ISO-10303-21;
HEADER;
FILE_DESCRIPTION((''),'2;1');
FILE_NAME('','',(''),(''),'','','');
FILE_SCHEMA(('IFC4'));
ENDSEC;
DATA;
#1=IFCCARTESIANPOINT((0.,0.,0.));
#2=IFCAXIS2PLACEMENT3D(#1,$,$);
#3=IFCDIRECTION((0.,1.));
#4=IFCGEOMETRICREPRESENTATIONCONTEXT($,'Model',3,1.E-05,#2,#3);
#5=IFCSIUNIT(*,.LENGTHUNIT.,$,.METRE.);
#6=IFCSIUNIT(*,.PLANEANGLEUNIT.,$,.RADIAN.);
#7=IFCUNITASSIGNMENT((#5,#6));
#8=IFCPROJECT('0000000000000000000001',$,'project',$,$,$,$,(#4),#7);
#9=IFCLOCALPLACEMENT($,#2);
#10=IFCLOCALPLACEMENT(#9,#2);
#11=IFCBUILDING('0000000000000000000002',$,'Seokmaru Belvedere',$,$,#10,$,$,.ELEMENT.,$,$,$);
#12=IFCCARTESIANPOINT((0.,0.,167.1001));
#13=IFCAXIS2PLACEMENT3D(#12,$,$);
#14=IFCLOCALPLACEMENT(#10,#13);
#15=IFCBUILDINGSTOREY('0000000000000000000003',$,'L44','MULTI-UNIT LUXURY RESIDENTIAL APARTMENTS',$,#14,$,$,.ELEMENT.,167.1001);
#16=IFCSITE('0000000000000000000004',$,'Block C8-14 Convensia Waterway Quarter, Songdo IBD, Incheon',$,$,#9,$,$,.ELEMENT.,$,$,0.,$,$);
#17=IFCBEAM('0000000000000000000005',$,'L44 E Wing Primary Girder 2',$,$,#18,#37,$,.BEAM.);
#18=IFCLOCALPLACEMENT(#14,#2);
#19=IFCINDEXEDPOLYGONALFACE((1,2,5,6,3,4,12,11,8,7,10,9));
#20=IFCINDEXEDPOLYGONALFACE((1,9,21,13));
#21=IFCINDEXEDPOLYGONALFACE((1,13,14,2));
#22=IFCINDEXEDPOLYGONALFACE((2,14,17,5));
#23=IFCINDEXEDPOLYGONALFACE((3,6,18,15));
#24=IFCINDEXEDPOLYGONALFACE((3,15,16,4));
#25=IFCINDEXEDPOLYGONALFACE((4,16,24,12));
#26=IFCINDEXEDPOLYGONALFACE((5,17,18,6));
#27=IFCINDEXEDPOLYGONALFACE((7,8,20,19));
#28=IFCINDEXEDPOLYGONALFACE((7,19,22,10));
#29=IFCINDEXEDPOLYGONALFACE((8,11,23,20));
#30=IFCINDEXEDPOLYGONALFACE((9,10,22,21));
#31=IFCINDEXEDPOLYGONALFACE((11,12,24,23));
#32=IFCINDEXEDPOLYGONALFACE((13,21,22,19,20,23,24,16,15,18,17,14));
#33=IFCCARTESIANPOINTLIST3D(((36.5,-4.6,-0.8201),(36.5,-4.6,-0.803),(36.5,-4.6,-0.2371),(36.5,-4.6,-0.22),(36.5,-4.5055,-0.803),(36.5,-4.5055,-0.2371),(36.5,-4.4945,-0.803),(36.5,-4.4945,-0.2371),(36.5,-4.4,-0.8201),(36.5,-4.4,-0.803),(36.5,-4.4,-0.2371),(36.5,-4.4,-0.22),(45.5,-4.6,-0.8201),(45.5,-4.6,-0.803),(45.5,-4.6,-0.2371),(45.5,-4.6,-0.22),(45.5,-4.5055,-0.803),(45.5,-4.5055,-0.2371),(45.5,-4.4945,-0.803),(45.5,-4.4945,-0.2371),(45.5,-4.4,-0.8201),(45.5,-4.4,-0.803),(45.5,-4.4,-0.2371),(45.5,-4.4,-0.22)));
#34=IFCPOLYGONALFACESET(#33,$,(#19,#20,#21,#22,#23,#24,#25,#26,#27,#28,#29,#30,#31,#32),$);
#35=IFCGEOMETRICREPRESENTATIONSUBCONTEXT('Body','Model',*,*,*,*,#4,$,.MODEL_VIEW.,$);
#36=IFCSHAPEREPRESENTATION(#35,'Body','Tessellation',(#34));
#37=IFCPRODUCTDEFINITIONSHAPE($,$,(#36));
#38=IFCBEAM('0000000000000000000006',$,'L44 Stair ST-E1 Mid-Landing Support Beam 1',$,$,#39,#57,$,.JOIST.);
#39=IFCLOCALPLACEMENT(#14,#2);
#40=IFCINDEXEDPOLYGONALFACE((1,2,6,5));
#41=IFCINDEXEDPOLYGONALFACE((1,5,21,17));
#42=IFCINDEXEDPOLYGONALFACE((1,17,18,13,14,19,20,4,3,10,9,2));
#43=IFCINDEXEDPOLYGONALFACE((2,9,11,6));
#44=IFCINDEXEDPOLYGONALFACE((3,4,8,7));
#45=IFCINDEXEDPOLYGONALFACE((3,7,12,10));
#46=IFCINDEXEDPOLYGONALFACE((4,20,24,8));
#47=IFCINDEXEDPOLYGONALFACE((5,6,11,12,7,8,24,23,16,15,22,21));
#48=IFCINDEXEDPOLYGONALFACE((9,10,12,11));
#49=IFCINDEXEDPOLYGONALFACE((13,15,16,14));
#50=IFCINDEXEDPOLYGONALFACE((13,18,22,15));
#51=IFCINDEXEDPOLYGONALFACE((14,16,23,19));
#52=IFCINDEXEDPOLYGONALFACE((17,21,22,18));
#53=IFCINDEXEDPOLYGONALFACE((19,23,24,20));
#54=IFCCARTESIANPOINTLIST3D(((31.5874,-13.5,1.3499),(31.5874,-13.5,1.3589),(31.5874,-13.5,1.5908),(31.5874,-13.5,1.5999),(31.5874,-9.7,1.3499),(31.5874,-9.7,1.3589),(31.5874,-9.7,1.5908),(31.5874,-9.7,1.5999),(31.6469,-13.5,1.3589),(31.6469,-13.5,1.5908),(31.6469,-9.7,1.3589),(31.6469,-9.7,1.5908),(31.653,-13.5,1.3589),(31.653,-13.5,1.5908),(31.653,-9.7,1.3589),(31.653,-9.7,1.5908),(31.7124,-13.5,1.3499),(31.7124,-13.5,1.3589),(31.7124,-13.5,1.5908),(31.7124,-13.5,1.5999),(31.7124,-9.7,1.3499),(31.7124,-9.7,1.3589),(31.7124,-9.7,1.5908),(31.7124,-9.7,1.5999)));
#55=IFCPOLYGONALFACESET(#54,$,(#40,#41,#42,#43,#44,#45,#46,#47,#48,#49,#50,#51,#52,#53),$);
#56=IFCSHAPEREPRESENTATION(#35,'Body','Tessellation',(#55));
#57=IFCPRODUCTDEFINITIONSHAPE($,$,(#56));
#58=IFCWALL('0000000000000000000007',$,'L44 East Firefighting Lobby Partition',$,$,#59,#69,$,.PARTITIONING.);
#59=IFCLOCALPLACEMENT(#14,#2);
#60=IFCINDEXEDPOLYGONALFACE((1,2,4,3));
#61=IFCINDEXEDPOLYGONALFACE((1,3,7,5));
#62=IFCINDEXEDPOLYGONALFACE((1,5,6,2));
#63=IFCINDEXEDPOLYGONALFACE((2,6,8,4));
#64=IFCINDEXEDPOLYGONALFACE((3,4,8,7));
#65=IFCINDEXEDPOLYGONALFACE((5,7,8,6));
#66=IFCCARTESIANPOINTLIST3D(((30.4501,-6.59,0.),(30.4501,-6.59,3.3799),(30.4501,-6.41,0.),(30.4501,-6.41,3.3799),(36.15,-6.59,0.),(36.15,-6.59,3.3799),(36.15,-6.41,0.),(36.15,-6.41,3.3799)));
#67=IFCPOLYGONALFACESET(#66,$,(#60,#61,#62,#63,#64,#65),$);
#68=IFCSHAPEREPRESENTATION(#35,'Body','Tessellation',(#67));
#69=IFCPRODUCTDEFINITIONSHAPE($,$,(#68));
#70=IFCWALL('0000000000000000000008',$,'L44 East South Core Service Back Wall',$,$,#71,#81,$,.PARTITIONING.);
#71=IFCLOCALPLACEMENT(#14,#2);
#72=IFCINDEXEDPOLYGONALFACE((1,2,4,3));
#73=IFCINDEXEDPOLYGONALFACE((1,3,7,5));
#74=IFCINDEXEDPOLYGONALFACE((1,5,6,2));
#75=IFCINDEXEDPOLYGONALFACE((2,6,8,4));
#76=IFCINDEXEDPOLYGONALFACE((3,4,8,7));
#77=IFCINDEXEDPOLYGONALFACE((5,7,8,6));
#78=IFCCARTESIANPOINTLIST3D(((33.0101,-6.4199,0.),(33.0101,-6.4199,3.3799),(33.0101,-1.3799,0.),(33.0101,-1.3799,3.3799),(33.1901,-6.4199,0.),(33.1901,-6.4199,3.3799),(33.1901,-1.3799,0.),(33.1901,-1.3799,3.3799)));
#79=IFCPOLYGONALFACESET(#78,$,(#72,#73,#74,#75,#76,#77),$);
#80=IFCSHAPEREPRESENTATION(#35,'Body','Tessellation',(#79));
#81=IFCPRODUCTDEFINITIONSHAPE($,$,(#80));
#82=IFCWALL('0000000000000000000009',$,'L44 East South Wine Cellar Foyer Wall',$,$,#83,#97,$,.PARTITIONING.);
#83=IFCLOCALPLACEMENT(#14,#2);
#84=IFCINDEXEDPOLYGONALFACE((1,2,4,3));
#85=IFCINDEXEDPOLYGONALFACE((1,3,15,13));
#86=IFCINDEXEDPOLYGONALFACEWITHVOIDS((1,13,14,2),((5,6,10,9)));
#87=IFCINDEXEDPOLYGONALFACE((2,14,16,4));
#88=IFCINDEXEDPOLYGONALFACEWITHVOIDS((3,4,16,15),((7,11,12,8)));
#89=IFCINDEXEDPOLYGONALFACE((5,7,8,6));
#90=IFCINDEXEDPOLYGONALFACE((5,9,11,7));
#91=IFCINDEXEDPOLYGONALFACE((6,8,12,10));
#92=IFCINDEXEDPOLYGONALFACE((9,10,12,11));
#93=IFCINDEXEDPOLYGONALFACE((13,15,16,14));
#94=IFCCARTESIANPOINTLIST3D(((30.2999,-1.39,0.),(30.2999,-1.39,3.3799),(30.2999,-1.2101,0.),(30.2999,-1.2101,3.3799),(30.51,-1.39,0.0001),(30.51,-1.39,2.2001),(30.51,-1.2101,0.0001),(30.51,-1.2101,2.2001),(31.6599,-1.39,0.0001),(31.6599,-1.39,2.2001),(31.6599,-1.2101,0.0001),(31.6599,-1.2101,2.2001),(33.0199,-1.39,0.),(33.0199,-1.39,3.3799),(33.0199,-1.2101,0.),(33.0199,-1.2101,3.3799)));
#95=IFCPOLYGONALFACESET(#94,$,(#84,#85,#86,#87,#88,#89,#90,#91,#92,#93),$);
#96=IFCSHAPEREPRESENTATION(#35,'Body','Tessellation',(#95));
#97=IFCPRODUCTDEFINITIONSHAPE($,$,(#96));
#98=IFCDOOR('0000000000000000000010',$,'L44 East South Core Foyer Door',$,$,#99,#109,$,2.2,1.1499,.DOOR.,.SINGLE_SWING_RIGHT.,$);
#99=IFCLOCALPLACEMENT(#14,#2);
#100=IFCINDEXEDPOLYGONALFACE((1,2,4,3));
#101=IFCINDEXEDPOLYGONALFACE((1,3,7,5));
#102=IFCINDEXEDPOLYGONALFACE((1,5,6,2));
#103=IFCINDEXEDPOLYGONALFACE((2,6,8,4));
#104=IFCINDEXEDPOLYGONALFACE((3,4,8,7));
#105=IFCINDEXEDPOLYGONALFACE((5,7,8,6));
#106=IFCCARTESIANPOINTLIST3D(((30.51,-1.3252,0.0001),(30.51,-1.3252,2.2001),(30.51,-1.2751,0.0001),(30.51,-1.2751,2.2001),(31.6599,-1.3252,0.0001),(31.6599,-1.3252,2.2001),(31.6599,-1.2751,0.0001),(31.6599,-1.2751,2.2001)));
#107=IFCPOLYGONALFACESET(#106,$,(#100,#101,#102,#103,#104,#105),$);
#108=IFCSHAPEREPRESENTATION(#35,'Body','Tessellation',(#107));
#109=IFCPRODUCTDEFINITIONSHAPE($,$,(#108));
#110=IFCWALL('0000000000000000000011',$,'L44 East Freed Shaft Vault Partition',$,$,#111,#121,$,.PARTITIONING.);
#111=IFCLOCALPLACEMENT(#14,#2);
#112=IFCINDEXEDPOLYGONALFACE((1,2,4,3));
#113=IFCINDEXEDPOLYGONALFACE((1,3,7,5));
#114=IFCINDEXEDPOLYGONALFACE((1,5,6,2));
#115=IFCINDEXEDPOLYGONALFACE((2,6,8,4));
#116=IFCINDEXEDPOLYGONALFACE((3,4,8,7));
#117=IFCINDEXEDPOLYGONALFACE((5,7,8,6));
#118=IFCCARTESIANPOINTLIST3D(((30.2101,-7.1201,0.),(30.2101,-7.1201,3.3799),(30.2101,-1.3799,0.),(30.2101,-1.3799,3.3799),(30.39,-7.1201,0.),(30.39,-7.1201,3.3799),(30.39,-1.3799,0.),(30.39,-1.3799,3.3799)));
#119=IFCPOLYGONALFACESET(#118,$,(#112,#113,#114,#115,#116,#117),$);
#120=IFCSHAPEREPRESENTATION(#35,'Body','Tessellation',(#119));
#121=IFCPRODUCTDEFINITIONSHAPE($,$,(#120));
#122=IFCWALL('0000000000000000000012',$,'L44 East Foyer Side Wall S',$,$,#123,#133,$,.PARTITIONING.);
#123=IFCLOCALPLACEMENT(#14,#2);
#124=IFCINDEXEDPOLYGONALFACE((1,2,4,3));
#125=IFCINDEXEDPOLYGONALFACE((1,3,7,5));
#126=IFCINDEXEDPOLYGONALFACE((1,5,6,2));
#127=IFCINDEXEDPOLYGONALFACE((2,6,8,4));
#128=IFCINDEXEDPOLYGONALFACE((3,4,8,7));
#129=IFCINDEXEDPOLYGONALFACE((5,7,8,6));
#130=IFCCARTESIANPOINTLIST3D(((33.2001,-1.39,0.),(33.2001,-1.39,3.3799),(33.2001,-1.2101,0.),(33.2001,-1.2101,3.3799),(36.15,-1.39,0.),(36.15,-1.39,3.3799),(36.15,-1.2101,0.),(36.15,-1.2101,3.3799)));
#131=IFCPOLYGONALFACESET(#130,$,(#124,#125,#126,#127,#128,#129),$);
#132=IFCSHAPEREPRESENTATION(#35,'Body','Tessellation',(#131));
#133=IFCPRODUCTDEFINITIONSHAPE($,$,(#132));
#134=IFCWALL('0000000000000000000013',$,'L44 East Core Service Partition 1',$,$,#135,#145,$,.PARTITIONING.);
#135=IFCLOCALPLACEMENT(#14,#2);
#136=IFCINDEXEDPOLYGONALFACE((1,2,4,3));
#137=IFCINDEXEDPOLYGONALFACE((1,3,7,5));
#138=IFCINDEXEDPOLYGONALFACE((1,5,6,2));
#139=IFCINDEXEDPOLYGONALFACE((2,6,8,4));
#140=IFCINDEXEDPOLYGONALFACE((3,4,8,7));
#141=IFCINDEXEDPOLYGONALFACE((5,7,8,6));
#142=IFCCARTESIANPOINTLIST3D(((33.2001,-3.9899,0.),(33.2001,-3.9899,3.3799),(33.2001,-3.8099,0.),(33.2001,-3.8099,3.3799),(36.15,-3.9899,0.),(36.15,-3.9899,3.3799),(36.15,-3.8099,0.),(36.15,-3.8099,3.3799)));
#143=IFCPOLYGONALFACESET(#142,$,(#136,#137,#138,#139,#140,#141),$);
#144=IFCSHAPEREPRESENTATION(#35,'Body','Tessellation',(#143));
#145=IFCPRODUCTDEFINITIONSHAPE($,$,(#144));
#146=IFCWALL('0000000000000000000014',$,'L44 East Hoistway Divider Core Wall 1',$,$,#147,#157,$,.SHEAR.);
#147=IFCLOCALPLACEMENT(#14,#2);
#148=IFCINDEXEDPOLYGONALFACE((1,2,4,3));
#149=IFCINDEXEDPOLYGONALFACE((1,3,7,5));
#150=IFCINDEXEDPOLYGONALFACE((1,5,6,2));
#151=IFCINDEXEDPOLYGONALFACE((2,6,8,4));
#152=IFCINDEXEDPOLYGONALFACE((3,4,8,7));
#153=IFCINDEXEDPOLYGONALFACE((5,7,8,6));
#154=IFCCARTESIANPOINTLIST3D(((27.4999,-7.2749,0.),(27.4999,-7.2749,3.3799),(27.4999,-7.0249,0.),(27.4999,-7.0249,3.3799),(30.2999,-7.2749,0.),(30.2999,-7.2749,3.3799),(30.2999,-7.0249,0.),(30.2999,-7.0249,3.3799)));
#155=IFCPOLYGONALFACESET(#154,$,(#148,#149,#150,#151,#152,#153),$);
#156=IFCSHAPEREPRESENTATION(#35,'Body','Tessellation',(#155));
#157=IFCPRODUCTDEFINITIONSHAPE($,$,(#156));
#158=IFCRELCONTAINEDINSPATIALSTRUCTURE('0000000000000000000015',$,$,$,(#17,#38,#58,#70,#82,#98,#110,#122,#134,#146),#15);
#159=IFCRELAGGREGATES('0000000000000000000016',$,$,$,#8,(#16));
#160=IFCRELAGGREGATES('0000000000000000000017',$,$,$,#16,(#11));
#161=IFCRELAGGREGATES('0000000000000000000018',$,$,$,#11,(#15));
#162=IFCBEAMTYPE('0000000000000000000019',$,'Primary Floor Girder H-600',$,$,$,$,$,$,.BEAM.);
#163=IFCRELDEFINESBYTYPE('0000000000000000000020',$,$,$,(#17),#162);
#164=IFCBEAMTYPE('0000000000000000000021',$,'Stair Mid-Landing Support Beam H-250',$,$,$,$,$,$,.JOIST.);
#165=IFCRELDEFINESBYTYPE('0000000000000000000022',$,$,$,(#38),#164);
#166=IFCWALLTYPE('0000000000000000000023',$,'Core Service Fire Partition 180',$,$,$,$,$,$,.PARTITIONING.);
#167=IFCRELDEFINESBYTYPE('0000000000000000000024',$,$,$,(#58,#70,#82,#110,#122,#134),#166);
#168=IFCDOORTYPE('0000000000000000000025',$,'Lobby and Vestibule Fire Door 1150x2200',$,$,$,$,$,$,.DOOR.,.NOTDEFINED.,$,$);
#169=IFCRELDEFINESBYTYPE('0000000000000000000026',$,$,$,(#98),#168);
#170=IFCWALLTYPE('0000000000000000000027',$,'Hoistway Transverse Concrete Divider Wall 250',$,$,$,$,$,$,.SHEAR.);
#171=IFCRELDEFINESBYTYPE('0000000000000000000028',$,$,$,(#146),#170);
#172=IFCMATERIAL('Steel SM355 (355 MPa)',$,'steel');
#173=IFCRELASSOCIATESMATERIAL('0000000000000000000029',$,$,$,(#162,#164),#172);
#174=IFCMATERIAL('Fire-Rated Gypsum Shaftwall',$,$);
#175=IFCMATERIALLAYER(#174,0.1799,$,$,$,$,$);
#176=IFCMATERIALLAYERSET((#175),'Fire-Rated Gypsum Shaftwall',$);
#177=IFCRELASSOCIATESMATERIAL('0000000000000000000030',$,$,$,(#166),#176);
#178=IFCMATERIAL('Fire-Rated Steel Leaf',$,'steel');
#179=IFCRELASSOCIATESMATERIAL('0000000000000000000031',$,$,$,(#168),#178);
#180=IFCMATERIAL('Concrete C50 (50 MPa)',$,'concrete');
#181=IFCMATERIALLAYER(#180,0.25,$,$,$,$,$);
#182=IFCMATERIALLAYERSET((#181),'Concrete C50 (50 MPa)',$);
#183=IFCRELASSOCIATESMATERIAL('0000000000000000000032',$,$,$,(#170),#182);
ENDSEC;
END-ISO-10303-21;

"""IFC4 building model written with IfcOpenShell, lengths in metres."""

from ifc_helpers import new_model, si_unit, direction, frame, frame_2d, origin, origin_2d, place, context, subcontext, project, spatial, rectangle, i_section, extrude, source, transform, mapped, material, layer, layer_set, material_profile, profile_set, type_object, type_shapes, element, fill, save


model = new_model("IFC4")

# Units and contexts
model_context = context("Model", 3, precision=1e-05, world=origin(), true_north=direction((0.0, 1.0)))
body_context = subcontext(model_context, "Body", "Model", "MODEL_VIEW")
ifc_project = project(units=[si_unit("LENGTHUNIT", "METRE"), si_unit("PLANEANGLEUNIT", "RADIAN")], contexts=[model_context])

# Site, building, storey
site_placement = place(None, origin())
site = spatial("IfcSite", under=ifc_project, at=site_placement, Name="Block C8-14 Convensia Waterway Quarter, Songdo IBD, Incheon", CompositionType="ELEMENT", RefElevation=0.0)
building_placement = place(site_placement, origin())
building = spatial("IfcBuilding", under=site, at=building_placement, Name="Seokmaru Belvedere", CompositionType="ELEMENT")
storey_placement = place(building_placement, frame((0.0, 0.0, 167.1001)))
storey = spatial("IfcBuildingStorey", under=building, at=storey_placement, Name="L44", Description="MULTI-UNIT LUXURY RESIDENTIAL APARTMENTS", CompositionType="ELEMENT", Elevation=167.1001)

# Shared definitions
ifc_material_1 = material(Name="Steel SM355 (355 MPa)", Category="steel")

# Beams
ifc_material_profile_1 = material_profile(ifc_material_1, i_section(OverallWidth=0.2, OverallDepth=0.6001, WebThickness=0.011, FlangeThickness=0.0171, at=origin_2d()), Name="H-600x200x11x17")
ifc_profile_set_1 = profile_set([ifc_material_profile_1], Name="Steel SM355 (355 MPa)")
beam_type_1 = type_object("IfcBeamType", Name="Primary Floor Girder H-600", PredefinedType="BEAM", material=ifc_profile_set_1)
shared_shape_1 = source(origin(), body_context, "Body", "SweptSolid", [
    extrude(i_section(OverallWidth=0.2, OverallDepth=0.6001, WebThickness=0.011, FlangeThickness=0.0171, at=origin_2d()), origin(), (0.0, 0.0, 1.0), 9.0),
])
type_shapes(beam_type_1, [shared_shape_1])
for number, where, z_axis, x_axis, name in (
    (1, (36.5, -4.5, -0.52), (1.0, 0.0, 0.0), (0.0, 1.0, 0.0), "L44 E Wing Primary Girder 2"),
):
    element("IfcBeam", number, at=place(storey_placement, frame(where, z_axis=z_axis, x_axis=x_axis)), inside=storey, type_object=beam_type_1, Name=name, PredefinedType="BEAM", context=body_context, shape_type="MappedRepresentation", body=[
        mapped(shared_shape_1, transform((0.0, 0.0, 0.0), scale=1.0)),
    ])
ifc_material_profile_2 = material_profile(ifc_material_1, i_section(OverallWidth=0.125, OverallDepth=0.25, WebThickness=0.0061, FlangeThickness=0.009, at=origin_2d()), Name="H-250x125x6x9")
ifc_profile_set_2 = profile_set([ifc_material_profile_2], Name="Steel SM355 (355 MPa)")
beam_type_2 = type_object("IfcBeamType", Name="Stair Mid-Landing Support Beam H-250", PredefinedType="JOIST", material=ifc_profile_set_2)
shared_shape_2 = source(origin(), body_context, "Body", "SweptSolid", [
    extrude(i_section(OverallWidth=0.125, OverallDepth=0.25, WebThickness=0.0061, FlangeThickness=0.009, at=origin_2d()), origin(), (0.0, 0.0, 1.0), 3.8),
])
type_shapes(beam_type_2, [shared_shape_2])
beam_1_placement = place(storey_placement, frame((31.6499, -13.5, 1.4749), z_axis=(0.0, 1.0, 0.0), x_axis=(-1.0, 0.0, 0.0)))
element("IfcBeam", 2, at=beam_1_placement, inside=storey, type_object=beam_type_2, Name="L44 Stair ST-E1 Mid-Landing Support Beam 1", PredefinedType="JOIST", context=body_context, shape_type="MappedRepresentation", body=[
    mapped(shared_shape_2, transform((0.0, 0.0, 0.0), scale=1.0)),
])

# Walls
ifc_material_2 = material(Name="Fire-Rated Gypsum Shaftwall")
ifc_layer_1 = layer(ifc_material_2, 0.1799)
ifc_layer_set_1 = layer_set([ifc_layer_1], Name="Fire-Rated Gypsum Shaftwall")
wall_type_1 = type_object("IfcWallType", Name="Core Service Fire Partition 180", PredefinedType="PARTITIONING", material=ifc_layer_set_1)
wall_1_placement = place(storey_placement, frame((30.45, -6.5, 0.0), z_axis=(0.0, 0.0, 1.0), x_axis=(1.0, 0.0, 0.0)))
element("IfcWall", 3, at=wall_1_placement, inside=storey, type_object=wall_type_1, Name="L44 East Firefighting Lobby Partition", PredefinedType="PARTITIONING", context=body_context, shape_type="SweptSolid", body=[
    extrude(rectangle(XDim=5.7, YDim=0.1799, at=frame_2d((2.8501, 0.0))), origin(), (0.0, 0.0, 1.0), 3.3799),
])
wall_2_placement = place(storey_placement, frame((33.1001, -6.4199, 0.0), z_axis=(0.0, 0.0, 1.0), x_axis=(0.0, 1.0, 0.0)))
element("IfcWall", 4, at=wall_2_placement, inside=storey, type_object=wall_type_1, Name="L44 East South Core Service Back Wall", PredefinedType="PARTITIONING", context=body_context, shape_type="SweptSolid", body=[
    extrude(rectangle(XDim=5.04, YDim=0.1799, at=frame_2d((2.52, 0.0))), origin(), (0.0, 0.0, 1.0), 3.3799),
])

# Wall, opening, door
ifc_material_3 = material(Name="Fire-Rated Steel Leaf", Category="steel")
wall_3_placement = place(storey_placement, frame((30.3, -1.3, 0.0), z_axis=(0.0, 0.0, 1.0), x_axis=(1.0, 0.0, 0.0)))
wall_3 = element("IfcWall", 5, at=wall_3_placement, inside=storey, type_object=wall_type_1, Name="L44 East South Wine Cellar Foyer Wall", PredefinedType="PARTITIONING", context=body_context, shape_type="SweptSolid", body=[
    extrude(rectangle(XDim=2.72, YDim=0.1799, at=frame_2d((1.3599, 0.0))), origin(), (0.0, 0.0, 1.0), 3.3799),
])
opening_1_placement = place(wall_3_placement, frame((0.21, 0.0, 0.0)))
opening_1 = element("IfcOpeningElement", 6, at=opening_1_placement, cuts=wall_3, PredefinedType="OPENING", context=body_context, shape_type="SweptSolid", body=[
    extrude(rectangle(XDim=1.1499, YDim=2.2, at=frame_2d((0.575, 1.1001))), frame((0.0, 0.1001, 0.0), z_axis=(0.0, -1.0, 0.0), x_axis=(1.0, 0.0, 0.0)), (0.0, 0.0, 1.0), 0.2),
])
door_type_1 = type_object("IfcDoorType", Name="Lobby and Vestibule Fire Door 1150x2200", OperationType="NOTDEFINED", PredefinedType="DOOR", material=ifc_material_3)
shared_shape_3 = source(origin(), body_context, "Body", "SweptSolid", [
    extrude(rectangle(XDim=1.1499, YDim=2.2, at=frame_2d((0.575, 1.1001))), frame((0.0, 0.0249, 0.0), z_axis=(0.0, -1.0, 0.0), x_axis=(1.0, 0.0, 0.0)), (0.0, 0.0, 1.0), 0.05),
])
type_shapes(door_type_1, [shared_shape_3])
door_1_placement = place(opening_1_placement, origin())
door_1 = element("IfcDoor", 7, at=door_1_placement, inside=storey, type_object=door_type_1, Name="L44 East South Core Foyer Door", OperationType="SINGLE_SWING_RIGHT", OverallHeight=2.2, OverallWidth=1.1499, PredefinedType="DOOR", context=body_context, shape_type="MappedRepresentation", body=[
    mapped(shared_shape_3, transform((0.0, 0.0, 0.0), scale=1.0)),
])
fill(opening_1, door_1)

# Walls
wall_4_placement = place(storey_placement, frame((30.3, -7.1201, 0.0), z_axis=(0.0, 0.0, 1.0), x_axis=(0.0, 1.0, 0.0)))
element("IfcWall", 8, at=wall_4_placement, inside=storey, type_object=wall_type_1, Name="L44 East Freed Shaft Vault Partition", PredefinedType="PARTITIONING", context=body_context, shape_type="SweptSolid", body=[
    extrude(rectangle(XDim=5.7402, YDim=0.1799, at=frame_2d((2.8701, 0.0))), origin(), (0.0, 0.0, 1.0), 3.3799),
])
for number, where, z_axis, x_axis, name in (
    (9, (33.2, -1.3, 0.0), (0.0, 0.0, 1.0), (1.0, 0.0, 0.0), "L44 East Foyer Side Wall S"),
    (10, (33.2, -3.8999, 0.0), (0.0, 0.0, 1.0), (1.0, 0.0, 0.0), "L44 East Core Service Partition 1"),
):
    element("IfcWall", number, at=place(storey_placement, frame(where, z_axis=z_axis, x_axis=x_axis)), inside=storey, type_object=wall_type_1, Name=name, PredefinedType="PARTITIONING", context=body_context, shape_type="SweptSolid", body=[
        extrude(rectangle(XDim=2.95, YDim=0.1799, at=frame_2d((1.4751, 0.0))), origin(), (0.0, 0.0, 1.0), 3.3799),
    ])
ifc_material_4 = material(Name="Concrete C50 (50 MPa)", Category="concrete")
ifc_layer_2 = layer(ifc_material_4, 0.25)
ifc_layer_set_2 = layer_set([ifc_layer_2], Name="Concrete C50 (50 MPa)")
wall_type_2 = type_object("IfcWallType", Name="Hoistway Transverse Concrete Divider Wall 250", PredefinedType="SHEAR", material=ifc_layer_set_2)
wall_5_placement = place(storey_placement, frame((27.5, -7.1499, 0.0), z_axis=(0.0, 0.0, 1.0), x_axis=(1.0, 0.0, 0.0)))
element("IfcWall", 11, at=wall_5_placement, inside=storey, type_object=wall_type_2, Name="L44 East Hoistway Divider Core Wall 1", PredefinedType="SHEAR", context=body_context, shape_type="SweptSolid", body=[
    extrude(rectangle(XDim=2.8, YDim=0.25, at=frame_2d((1.3999, 0.0))), origin(), (0.0, 0.0, 1.0), 3.3799),
])

save(model, "model.ifc")
